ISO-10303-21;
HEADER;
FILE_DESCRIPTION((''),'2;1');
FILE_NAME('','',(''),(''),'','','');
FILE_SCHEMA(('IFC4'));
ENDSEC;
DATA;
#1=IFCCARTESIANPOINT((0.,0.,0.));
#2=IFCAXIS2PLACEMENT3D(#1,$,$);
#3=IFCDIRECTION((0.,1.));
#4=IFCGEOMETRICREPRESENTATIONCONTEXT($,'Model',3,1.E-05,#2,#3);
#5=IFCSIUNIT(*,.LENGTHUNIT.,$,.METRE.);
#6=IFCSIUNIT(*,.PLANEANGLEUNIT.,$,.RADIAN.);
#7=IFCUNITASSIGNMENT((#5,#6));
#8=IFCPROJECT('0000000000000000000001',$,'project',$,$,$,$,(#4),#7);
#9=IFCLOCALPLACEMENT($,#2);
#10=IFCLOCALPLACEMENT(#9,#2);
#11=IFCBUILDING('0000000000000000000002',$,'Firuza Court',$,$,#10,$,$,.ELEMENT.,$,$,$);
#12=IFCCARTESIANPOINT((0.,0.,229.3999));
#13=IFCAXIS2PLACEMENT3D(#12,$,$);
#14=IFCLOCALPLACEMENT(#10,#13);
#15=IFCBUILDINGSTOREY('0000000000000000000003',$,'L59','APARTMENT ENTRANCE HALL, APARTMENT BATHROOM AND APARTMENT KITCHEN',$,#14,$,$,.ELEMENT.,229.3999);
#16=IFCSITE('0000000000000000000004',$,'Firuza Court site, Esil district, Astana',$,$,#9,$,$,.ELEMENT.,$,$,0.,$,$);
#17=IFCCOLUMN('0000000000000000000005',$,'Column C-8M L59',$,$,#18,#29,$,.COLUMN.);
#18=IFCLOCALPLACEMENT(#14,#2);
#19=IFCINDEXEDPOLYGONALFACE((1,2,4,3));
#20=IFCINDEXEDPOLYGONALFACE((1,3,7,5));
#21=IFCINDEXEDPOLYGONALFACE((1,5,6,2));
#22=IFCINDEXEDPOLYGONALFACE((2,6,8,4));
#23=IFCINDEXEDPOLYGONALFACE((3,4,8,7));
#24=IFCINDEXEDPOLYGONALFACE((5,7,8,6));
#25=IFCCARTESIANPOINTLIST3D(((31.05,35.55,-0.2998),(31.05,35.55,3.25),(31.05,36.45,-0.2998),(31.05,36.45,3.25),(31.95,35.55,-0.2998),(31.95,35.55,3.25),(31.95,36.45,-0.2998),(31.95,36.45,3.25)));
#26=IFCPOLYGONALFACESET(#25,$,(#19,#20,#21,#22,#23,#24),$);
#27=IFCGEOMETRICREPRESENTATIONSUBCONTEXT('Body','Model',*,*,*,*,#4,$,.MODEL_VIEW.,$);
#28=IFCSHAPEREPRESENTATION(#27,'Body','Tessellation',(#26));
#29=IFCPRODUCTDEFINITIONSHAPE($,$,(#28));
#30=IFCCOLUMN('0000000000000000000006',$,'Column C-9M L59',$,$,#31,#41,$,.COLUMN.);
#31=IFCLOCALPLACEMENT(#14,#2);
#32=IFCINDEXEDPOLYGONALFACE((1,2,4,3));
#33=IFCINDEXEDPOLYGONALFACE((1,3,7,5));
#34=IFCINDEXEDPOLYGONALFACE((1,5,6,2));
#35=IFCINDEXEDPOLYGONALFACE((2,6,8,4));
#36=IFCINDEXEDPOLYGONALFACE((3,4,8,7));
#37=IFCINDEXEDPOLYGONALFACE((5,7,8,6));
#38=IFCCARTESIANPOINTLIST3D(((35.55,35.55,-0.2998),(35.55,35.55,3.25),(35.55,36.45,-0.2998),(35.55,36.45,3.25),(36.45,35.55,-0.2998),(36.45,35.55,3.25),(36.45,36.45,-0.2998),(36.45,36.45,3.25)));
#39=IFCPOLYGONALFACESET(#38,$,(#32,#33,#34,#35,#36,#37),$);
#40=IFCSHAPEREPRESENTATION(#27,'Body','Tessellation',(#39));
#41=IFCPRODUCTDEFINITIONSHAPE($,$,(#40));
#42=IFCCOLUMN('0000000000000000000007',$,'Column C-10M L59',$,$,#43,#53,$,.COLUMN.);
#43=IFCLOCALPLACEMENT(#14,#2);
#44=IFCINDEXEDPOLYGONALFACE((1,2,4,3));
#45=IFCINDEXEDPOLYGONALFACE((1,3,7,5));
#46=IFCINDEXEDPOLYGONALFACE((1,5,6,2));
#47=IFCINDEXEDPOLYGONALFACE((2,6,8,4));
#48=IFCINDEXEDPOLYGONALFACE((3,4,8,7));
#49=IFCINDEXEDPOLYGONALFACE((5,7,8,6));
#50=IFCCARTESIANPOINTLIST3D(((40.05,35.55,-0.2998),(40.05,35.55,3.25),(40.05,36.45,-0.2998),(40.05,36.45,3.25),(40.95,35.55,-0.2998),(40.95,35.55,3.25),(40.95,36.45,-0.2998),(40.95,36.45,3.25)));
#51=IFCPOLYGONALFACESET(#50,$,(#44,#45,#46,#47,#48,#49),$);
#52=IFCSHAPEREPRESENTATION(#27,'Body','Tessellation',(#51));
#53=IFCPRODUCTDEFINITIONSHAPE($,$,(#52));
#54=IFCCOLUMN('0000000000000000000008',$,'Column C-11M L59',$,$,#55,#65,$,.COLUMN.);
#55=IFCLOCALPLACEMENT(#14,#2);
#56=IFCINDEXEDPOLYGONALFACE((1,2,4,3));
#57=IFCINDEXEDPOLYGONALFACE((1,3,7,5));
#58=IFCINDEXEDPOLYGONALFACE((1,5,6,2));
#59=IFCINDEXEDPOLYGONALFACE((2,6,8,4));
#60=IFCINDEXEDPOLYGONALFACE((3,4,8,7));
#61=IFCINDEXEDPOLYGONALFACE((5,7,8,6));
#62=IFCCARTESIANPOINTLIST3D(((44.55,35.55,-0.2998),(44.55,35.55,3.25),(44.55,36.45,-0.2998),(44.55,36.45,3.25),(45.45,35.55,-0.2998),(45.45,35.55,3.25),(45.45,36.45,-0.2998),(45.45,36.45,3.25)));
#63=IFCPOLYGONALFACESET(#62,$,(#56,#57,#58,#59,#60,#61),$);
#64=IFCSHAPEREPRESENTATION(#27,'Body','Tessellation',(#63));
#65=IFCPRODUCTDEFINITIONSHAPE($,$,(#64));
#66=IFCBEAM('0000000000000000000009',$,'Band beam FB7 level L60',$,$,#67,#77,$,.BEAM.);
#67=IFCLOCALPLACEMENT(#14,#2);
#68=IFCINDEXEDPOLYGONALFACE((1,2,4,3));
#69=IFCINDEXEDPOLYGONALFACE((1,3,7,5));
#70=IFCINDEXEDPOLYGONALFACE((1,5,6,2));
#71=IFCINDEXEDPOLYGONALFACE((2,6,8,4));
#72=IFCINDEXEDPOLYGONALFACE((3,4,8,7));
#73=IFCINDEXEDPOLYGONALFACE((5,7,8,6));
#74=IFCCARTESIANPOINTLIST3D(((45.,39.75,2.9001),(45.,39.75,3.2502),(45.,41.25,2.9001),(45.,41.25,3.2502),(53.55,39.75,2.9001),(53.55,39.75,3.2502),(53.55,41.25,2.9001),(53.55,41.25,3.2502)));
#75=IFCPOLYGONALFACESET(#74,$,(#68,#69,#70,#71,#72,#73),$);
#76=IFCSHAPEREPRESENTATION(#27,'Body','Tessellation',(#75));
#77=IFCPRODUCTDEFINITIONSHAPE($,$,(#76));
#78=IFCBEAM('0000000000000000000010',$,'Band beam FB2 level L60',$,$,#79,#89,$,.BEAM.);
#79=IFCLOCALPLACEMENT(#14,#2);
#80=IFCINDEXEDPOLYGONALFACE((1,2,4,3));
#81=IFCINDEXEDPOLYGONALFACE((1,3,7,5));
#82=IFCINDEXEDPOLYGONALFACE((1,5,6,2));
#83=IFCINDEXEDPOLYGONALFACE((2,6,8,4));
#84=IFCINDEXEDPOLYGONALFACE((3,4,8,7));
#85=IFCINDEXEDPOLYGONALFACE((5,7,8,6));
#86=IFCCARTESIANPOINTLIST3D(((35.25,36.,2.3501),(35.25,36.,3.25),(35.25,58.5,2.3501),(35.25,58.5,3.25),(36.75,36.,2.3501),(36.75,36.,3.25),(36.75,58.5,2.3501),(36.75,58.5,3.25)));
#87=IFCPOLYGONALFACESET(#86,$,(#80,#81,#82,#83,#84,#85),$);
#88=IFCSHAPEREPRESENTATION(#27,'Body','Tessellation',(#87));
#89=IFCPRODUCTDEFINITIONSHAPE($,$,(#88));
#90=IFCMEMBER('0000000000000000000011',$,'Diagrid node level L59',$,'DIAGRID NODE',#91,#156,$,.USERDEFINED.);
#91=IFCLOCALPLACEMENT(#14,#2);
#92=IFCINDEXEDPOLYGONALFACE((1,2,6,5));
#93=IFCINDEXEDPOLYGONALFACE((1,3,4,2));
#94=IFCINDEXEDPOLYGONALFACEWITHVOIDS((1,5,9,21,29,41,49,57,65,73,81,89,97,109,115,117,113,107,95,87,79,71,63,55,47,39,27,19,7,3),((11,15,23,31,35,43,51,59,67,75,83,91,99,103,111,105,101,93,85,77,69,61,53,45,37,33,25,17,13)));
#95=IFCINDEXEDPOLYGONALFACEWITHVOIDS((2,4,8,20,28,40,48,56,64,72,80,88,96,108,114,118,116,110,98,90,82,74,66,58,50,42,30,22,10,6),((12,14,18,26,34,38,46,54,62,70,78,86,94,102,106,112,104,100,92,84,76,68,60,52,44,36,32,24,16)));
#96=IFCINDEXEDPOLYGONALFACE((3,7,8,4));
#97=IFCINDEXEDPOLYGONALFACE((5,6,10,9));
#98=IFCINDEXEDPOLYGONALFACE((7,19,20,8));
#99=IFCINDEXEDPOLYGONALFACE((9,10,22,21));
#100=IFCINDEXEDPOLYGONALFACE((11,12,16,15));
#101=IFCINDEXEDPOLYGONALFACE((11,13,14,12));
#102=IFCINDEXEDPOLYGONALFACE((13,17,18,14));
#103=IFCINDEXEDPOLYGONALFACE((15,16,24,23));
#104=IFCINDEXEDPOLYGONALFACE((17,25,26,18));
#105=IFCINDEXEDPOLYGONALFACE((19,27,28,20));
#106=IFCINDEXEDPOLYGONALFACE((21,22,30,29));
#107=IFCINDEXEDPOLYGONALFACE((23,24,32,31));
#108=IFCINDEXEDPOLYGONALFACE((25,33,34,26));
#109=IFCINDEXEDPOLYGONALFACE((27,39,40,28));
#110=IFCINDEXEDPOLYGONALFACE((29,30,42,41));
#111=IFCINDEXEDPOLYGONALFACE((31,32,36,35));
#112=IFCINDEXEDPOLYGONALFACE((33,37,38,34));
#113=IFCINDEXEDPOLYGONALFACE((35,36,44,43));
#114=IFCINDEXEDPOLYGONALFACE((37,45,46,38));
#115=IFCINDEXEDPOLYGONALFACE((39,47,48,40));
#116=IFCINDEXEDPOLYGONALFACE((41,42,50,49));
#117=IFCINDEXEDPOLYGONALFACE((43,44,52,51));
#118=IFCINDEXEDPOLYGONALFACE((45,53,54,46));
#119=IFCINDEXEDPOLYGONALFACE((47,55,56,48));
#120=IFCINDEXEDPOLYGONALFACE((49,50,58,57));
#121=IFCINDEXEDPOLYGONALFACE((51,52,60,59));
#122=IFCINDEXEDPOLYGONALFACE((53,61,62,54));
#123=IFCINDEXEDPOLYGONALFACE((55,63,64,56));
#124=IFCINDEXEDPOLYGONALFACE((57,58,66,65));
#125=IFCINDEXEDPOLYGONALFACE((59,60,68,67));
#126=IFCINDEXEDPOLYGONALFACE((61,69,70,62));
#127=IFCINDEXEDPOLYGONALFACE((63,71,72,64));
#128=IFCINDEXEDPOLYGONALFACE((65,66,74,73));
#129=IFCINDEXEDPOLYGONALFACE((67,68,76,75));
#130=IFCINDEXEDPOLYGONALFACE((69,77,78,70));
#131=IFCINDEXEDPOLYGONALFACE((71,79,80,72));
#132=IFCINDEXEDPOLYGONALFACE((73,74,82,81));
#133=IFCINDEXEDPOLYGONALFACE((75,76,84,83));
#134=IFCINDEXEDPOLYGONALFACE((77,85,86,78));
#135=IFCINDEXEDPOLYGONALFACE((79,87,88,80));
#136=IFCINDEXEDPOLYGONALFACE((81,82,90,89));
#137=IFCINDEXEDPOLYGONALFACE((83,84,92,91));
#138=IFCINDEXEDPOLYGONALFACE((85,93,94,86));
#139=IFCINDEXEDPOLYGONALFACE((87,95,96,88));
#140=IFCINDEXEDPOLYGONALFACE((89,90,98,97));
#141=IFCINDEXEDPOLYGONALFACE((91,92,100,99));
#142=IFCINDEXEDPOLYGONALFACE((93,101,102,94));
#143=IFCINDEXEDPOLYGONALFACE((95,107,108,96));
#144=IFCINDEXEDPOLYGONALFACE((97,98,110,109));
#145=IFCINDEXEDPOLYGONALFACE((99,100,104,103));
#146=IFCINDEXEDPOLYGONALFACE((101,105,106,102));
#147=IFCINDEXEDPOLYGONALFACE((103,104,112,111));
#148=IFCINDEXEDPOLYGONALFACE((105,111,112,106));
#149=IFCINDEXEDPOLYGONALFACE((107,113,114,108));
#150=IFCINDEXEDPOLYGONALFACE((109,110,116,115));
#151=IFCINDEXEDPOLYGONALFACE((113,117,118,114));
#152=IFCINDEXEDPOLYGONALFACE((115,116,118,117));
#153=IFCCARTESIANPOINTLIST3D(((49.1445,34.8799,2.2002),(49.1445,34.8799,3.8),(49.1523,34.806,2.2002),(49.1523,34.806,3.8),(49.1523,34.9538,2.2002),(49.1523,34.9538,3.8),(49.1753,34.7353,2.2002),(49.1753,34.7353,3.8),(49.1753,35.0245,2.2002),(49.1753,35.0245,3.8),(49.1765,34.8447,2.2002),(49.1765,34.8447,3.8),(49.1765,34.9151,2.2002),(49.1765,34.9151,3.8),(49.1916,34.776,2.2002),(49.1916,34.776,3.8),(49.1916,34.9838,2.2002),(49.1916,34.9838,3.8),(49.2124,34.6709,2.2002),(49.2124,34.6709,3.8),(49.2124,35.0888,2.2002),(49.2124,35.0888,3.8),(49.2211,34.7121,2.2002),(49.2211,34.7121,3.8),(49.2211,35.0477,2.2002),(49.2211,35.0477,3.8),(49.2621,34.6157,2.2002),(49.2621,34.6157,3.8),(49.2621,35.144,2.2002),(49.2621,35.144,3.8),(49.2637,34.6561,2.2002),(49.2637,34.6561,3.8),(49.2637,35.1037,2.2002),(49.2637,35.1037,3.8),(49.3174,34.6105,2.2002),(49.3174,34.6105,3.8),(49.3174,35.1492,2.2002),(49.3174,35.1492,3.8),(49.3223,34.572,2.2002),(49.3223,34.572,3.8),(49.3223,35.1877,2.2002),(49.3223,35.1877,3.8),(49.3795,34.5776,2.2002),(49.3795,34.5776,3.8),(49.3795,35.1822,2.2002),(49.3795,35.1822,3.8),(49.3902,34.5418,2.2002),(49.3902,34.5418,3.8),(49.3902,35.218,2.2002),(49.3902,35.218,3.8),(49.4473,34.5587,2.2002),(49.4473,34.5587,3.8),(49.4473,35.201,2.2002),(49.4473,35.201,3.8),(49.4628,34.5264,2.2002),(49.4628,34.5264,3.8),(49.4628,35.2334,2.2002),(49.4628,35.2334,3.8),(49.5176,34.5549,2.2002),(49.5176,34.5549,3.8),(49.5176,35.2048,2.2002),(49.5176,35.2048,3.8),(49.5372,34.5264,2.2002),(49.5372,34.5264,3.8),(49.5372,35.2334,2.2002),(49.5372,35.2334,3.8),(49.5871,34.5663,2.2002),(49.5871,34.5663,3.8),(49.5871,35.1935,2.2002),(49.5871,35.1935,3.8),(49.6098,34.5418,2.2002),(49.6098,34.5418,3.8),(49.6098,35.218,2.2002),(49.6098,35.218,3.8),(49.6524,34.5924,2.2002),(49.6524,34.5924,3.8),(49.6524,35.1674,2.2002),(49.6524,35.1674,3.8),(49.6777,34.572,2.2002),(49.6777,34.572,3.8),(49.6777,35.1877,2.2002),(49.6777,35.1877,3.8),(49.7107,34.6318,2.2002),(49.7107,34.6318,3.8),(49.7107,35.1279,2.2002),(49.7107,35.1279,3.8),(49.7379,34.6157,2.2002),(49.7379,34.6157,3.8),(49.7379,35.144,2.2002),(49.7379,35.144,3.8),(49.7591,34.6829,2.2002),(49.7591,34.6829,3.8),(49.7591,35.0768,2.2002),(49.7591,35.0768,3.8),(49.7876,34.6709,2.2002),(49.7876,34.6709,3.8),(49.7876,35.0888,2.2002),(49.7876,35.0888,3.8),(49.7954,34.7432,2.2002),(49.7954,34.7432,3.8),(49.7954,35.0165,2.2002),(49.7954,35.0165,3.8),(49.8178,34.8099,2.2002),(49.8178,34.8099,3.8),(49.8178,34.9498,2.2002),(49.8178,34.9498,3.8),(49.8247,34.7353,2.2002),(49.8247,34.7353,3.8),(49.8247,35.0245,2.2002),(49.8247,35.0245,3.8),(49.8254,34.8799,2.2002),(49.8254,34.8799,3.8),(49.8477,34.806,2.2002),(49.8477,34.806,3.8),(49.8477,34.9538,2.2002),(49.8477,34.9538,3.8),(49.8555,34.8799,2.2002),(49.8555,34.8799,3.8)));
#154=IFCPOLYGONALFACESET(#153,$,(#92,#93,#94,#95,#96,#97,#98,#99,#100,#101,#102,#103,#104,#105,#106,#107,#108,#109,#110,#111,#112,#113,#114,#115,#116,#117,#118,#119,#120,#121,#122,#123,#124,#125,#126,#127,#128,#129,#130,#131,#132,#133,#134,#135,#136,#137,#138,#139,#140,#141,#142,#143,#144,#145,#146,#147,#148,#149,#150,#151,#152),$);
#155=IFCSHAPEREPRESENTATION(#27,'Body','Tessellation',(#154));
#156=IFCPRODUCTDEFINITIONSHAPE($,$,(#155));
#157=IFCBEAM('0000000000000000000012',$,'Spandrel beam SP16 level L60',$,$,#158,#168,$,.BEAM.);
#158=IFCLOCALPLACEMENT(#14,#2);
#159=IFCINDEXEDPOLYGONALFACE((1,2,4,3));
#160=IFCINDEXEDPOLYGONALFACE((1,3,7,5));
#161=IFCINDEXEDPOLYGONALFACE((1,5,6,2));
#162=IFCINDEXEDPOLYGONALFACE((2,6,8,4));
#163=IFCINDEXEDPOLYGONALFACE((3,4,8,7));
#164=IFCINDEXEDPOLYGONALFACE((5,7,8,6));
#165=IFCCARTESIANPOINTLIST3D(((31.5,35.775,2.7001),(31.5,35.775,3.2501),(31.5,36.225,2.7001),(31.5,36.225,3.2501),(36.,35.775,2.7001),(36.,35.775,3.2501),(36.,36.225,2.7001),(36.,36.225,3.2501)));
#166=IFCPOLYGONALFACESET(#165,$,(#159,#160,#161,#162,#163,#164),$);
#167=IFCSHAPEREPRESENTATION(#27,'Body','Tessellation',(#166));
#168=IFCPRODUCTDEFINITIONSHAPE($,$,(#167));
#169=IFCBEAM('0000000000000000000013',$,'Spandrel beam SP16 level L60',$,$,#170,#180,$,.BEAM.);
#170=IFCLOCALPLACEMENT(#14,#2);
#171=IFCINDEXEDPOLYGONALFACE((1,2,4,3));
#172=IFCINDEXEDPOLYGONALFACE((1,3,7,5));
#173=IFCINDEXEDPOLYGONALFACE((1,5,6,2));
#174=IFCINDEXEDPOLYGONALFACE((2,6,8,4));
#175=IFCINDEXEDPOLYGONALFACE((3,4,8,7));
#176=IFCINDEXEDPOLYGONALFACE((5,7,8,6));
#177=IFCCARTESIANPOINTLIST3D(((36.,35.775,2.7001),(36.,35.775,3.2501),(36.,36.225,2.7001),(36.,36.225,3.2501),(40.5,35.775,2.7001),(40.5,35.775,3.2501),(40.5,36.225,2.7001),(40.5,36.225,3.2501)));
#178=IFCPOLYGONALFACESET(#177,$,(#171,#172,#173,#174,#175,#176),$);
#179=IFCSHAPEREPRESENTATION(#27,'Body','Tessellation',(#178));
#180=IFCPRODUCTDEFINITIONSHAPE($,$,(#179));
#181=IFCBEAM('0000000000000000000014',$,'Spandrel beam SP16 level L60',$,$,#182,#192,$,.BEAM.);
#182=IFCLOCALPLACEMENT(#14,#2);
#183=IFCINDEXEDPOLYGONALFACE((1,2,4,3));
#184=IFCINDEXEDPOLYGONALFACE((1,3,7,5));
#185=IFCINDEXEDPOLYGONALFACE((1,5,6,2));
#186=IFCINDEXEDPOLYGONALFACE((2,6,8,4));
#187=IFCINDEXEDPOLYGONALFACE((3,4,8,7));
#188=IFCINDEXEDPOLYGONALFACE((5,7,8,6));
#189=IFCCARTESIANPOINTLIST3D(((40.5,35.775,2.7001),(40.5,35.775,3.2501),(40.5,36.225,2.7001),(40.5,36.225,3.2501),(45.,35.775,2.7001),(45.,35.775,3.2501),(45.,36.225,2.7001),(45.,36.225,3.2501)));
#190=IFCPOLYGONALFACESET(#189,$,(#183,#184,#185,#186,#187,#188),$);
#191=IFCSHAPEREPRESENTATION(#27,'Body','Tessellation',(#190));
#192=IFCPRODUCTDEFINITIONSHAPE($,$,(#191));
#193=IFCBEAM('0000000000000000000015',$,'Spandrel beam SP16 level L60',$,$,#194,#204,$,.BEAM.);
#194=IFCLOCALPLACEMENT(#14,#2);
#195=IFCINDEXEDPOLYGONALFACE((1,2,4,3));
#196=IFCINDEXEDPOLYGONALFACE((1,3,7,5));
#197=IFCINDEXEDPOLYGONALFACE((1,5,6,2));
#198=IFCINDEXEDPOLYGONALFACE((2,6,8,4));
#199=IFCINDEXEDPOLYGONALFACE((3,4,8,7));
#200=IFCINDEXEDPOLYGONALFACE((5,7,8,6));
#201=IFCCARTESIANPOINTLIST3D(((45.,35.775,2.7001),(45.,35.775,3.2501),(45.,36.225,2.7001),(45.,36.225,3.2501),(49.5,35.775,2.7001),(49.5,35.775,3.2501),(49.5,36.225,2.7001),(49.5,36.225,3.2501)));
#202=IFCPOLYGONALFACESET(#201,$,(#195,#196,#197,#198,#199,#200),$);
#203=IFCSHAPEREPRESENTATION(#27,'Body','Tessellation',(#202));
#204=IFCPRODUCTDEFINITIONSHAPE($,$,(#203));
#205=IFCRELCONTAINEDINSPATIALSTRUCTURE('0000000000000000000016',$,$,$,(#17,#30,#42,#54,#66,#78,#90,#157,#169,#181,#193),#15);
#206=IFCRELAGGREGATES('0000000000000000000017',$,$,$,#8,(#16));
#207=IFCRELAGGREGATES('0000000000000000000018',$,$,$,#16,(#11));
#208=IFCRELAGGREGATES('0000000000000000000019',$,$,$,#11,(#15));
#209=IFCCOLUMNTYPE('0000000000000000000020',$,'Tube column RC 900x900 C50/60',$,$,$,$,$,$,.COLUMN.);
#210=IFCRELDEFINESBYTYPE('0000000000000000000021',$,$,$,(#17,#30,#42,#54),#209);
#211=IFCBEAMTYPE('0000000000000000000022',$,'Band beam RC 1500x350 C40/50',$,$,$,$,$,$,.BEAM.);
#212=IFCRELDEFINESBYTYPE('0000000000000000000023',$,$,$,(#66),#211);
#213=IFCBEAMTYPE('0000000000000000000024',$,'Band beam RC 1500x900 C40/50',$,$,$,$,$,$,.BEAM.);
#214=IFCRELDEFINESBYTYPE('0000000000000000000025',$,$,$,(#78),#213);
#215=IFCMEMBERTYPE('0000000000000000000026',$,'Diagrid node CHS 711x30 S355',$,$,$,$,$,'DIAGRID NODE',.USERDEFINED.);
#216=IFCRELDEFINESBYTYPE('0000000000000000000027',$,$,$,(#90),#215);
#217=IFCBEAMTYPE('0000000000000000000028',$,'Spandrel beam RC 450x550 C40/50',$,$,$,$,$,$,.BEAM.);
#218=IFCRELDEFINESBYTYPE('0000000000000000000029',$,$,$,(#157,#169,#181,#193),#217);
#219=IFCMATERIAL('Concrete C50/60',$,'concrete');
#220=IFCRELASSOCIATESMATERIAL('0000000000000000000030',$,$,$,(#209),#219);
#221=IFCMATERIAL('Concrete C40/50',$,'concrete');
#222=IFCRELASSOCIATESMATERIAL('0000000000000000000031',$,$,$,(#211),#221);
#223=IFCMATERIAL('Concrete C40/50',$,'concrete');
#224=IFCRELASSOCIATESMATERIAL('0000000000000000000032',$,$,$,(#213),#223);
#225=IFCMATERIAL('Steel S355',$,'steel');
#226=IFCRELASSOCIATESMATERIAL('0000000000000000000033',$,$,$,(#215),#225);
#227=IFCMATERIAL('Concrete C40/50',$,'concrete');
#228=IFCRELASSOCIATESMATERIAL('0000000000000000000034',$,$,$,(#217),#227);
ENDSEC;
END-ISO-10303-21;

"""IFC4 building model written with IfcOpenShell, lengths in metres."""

from ifc_helpers import new_model, si_unit, direction, frame, origin, origin_2d, place, context, subcontext, project, spatial, rectangle, hollow_circle, extrude, material, material_profile, profile_set, type_object, element, save


model = new_model("IFC4")

# Units and contexts
model_context = context("Model", 3, precision=1e-05, world=origin(), true_north=direction((0.0, 1.0)))
body_context = subcontext(model_context, "Body", "Model", "MODEL_VIEW")
ifc_project = project(units=[si_unit("LENGTHUNIT", "METRE"), si_unit("PLANEANGLEUNIT", "RADIAN")], contexts=[model_context])

# Site, building, storey
site_placement = place(None, origin())
site = spatial("IfcSite", under=ifc_project, at=site_placement, Name="Firuza Court site, Esil district, Astana", CompositionType="ELEMENT", RefElevation=0.0)
building_placement = place(site_placement, origin())
building = spatial("IfcBuilding", under=site, at=building_placement, Name="Firuza Court", CompositionType="ELEMENT")
storey_placement = place(building_placement, frame((0.0, 0.0, 229.3999)))
storey = spatial("IfcBuildingStorey", under=building, at=storey_placement, Name="L59", Description="APARTMENT ENTRANCE HALL, APARTMENT BATHROOM AND APARTMENT KITCHEN", CompositionType="ELEMENT", Elevation=229.3999)

# Columns
ifc_material_1 = material(Name="Concrete C50/60", Category="concrete")
ifc_material_profile_1 = material_profile(ifc_material_1, rectangle(XDim=0.8999, YDim=0.8999, at=origin_2d()), Name="RC 900x900")
ifc_profile_set_1 = profile_set([ifc_material_profile_1], Name="Concrete C50/60")
column_type = type_object("IfcColumnType", Name="Tube column RC 900x900 C50/60", PredefinedType="COLUMN", material=ifc_profile_set_1)
for number, where, z_axis, x_axis, name in (
    (1, (31.5, 36.0, -0.2998), (0.0, 0.0, 1.0), (1.0, 0.0, 0.0), "Column C-8M L59"),
    (2, (36.0, 36.0, -0.2998), (0.0, 0.0, 1.0), (1.0, 0.0, 0.0), "Column C-9M L59"),
    (3, (40.5, 36.0, -0.2998), (0.0, 0.0, 1.0), (1.0, 0.0, 0.0), "Column C-10M L59"),
    (4, (45.0, 36.0, -0.2998), (0.0, 0.0, 1.0), (1.0, 0.0, 0.0), "Column C-11M L59"),
):
    element("IfcColumn", number, at=place(storey_placement, frame(where, z_axis=z_axis, x_axis=x_axis)), inside=storey, type_object=column_type, Name=name, PredefinedType="COLUMN", context=body_context, shape_type="SweptSolid", body=[
        extrude(rectangle(XDim=0.8999, YDim=0.8999, at=origin_2d()), origin(), (0.0, 0.0, 1.0), 3.5498),
    ])

# Beams
ifc_material_2 = material(Name="Concrete C40/50", Category="concrete")
ifc_material_profile_2 = material_profile(ifc_material_2, rectangle(XDim=1.5, YDim=0.3501, at=origin_2d()), Name="RC 1500x350")
ifc_profile_set_2 = profile_set([ifc_material_profile_2], Name="Concrete C40/50")
beam_type_1 = type_object("IfcBeamType", Name="Band beam RC 1500x350 C40/50", PredefinedType="BEAM", material=ifc_profile_set_2)
beam_1_placement = place(storey_placement, frame((45.0, 40.5, 3.0752), z_axis=(1.0, 0.0, 0.0), x_axis=(0.0, 1.0, 0.0)))
element("IfcBeam", 5, at=beam_1_placement, inside=storey, type_object=beam_type_1, Name="Band beam FB7 level L60", PredefinedType="BEAM", context=body_context, shape_type="SweptSolid", body=[
    extrude(rectangle(XDim=1.5, YDim=0.3501, at=origin_2d()), origin(), (0.0, 0.0, 1.0), 8.55),
])
ifc_material_3 = material(Name="Concrete C40/50", Category="concrete")
ifc_material_profile_3 = material_profile(ifc_material_3, rectangle(XDim=1.5, YDim=0.8999, at=origin_2d()), Name="RC 1500x900")
ifc_profile_set_3 = profile_set([ifc_material_profile_3], Name="Concrete C40/50")
beam_type_2 = type_object("IfcBeamType", Name="Band beam RC 1500x900 C40/50", PredefinedType="BEAM", material=ifc_profile_set_3)
beam_2_placement = place(storey_placement, frame((36.0, 36.0, 2.8), z_axis=(0.0, 1.0, 0.0), x_axis=(-1.0, 0.0, 0.0)))
element("IfcBeam", 6, at=beam_2_placement, inside=storey, type_object=beam_type_2, Name="Band beam FB2 level L60", PredefinedType="BEAM", context=body_context, shape_type="SweptSolid", body=[
    extrude(rectangle(XDim=1.5, YDim=0.8999, at=origin_2d()), origin(), (0.0, 0.0, 1.0), 22.5),
])

# Member
ifc_material_4 = material(Name="Steel S355", Category="steel")
ifc_material_profile_4 = material_profile(ifc_material_4, hollow_circle(Radius=0.3555, WallThickness=0.03, at=origin_2d()), Name="CHS 711x30")
ifc_profile_set_4 = profile_set([ifc_material_profile_4], Name="Steel S355")
member_type = type_object("IfcMemberType", Name="Diagrid node CHS 711x30 S355", ElementType="DIAGRID NODE", PredefinedType="USERDEFINED", material=ifc_profile_set_4)
member_placement = place(storey_placement, frame((49.5, 34.8799, 2.2002), z_axis=(0.0, 0.0, 1.0), x_axis=(1.0, 0.0, 0.0)))
element("IfcMember", 7, at=member_placement, inside=storey, type_object=member_type, Name="Diagrid node level L59", ObjectType="DIAGRID NODE", PredefinedType="USERDEFINED", context=body_context, shape_type="SweptSolid", body=[
    extrude(hollow_circle(Radius=0.3555, WallThickness=0.03, at=origin_2d()), origin(), (0.0, 0.0, 1.0), 1.5999),
])

# Beams
ifc_material_5 = material(Name="Concrete C40/50", Category="concrete")
ifc_material_profile_5 = material_profile(ifc_material_5, rectangle(XDim=0.45, YDim=0.55, at=origin_2d()), Name="RC 450x550")
ifc_profile_set_5 = profile_set([ifc_material_profile_5], Name="Concrete C40/50")
beam_type_3 = type_object("IfcBeamType", Name="Spandrel beam RC 450x550 C40/50", PredefinedType="BEAM", material=ifc_profile_set_5)
for number, where, z_axis, x_axis, name in (
    (8, (31.5, 36.0, 2.9751), (1.0, 0.0, 0.0), (0.0, 1.0, 0.0), "Spandrel beam SP16 level L60"),
    (9, (36.0, 36.0, 2.9751), (1.0, 0.0, 0.0), (0.0, 1.0, 0.0), "Spandrel beam SP16 level L60"),
    (10, (40.5, 36.0, 2.9751), (1.0, 0.0, 0.0), (0.0, 1.0, 0.0), "Spandrel beam SP16 level L60"),
    (11, (45.0, 36.0, 2.9751), (1.0, 0.0, 0.0), (0.0, 1.0, 0.0), "Spandrel beam SP16 level L60"),
):
    element("IfcBeam", number, at=place(storey_placement, frame(where, z_axis=z_axis, x_axis=x_axis)), inside=storey, type_object=beam_type_3, Name=name, PredefinedType="BEAM", context=body_context, shape_type="SweptSolid", body=[
        extrude(rectangle(XDim=0.45, YDim=0.55, at=origin_2d()), origin(), (0.0, 0.0, 1.0), 4.5),
    ])

save(model, "model.ifc")
